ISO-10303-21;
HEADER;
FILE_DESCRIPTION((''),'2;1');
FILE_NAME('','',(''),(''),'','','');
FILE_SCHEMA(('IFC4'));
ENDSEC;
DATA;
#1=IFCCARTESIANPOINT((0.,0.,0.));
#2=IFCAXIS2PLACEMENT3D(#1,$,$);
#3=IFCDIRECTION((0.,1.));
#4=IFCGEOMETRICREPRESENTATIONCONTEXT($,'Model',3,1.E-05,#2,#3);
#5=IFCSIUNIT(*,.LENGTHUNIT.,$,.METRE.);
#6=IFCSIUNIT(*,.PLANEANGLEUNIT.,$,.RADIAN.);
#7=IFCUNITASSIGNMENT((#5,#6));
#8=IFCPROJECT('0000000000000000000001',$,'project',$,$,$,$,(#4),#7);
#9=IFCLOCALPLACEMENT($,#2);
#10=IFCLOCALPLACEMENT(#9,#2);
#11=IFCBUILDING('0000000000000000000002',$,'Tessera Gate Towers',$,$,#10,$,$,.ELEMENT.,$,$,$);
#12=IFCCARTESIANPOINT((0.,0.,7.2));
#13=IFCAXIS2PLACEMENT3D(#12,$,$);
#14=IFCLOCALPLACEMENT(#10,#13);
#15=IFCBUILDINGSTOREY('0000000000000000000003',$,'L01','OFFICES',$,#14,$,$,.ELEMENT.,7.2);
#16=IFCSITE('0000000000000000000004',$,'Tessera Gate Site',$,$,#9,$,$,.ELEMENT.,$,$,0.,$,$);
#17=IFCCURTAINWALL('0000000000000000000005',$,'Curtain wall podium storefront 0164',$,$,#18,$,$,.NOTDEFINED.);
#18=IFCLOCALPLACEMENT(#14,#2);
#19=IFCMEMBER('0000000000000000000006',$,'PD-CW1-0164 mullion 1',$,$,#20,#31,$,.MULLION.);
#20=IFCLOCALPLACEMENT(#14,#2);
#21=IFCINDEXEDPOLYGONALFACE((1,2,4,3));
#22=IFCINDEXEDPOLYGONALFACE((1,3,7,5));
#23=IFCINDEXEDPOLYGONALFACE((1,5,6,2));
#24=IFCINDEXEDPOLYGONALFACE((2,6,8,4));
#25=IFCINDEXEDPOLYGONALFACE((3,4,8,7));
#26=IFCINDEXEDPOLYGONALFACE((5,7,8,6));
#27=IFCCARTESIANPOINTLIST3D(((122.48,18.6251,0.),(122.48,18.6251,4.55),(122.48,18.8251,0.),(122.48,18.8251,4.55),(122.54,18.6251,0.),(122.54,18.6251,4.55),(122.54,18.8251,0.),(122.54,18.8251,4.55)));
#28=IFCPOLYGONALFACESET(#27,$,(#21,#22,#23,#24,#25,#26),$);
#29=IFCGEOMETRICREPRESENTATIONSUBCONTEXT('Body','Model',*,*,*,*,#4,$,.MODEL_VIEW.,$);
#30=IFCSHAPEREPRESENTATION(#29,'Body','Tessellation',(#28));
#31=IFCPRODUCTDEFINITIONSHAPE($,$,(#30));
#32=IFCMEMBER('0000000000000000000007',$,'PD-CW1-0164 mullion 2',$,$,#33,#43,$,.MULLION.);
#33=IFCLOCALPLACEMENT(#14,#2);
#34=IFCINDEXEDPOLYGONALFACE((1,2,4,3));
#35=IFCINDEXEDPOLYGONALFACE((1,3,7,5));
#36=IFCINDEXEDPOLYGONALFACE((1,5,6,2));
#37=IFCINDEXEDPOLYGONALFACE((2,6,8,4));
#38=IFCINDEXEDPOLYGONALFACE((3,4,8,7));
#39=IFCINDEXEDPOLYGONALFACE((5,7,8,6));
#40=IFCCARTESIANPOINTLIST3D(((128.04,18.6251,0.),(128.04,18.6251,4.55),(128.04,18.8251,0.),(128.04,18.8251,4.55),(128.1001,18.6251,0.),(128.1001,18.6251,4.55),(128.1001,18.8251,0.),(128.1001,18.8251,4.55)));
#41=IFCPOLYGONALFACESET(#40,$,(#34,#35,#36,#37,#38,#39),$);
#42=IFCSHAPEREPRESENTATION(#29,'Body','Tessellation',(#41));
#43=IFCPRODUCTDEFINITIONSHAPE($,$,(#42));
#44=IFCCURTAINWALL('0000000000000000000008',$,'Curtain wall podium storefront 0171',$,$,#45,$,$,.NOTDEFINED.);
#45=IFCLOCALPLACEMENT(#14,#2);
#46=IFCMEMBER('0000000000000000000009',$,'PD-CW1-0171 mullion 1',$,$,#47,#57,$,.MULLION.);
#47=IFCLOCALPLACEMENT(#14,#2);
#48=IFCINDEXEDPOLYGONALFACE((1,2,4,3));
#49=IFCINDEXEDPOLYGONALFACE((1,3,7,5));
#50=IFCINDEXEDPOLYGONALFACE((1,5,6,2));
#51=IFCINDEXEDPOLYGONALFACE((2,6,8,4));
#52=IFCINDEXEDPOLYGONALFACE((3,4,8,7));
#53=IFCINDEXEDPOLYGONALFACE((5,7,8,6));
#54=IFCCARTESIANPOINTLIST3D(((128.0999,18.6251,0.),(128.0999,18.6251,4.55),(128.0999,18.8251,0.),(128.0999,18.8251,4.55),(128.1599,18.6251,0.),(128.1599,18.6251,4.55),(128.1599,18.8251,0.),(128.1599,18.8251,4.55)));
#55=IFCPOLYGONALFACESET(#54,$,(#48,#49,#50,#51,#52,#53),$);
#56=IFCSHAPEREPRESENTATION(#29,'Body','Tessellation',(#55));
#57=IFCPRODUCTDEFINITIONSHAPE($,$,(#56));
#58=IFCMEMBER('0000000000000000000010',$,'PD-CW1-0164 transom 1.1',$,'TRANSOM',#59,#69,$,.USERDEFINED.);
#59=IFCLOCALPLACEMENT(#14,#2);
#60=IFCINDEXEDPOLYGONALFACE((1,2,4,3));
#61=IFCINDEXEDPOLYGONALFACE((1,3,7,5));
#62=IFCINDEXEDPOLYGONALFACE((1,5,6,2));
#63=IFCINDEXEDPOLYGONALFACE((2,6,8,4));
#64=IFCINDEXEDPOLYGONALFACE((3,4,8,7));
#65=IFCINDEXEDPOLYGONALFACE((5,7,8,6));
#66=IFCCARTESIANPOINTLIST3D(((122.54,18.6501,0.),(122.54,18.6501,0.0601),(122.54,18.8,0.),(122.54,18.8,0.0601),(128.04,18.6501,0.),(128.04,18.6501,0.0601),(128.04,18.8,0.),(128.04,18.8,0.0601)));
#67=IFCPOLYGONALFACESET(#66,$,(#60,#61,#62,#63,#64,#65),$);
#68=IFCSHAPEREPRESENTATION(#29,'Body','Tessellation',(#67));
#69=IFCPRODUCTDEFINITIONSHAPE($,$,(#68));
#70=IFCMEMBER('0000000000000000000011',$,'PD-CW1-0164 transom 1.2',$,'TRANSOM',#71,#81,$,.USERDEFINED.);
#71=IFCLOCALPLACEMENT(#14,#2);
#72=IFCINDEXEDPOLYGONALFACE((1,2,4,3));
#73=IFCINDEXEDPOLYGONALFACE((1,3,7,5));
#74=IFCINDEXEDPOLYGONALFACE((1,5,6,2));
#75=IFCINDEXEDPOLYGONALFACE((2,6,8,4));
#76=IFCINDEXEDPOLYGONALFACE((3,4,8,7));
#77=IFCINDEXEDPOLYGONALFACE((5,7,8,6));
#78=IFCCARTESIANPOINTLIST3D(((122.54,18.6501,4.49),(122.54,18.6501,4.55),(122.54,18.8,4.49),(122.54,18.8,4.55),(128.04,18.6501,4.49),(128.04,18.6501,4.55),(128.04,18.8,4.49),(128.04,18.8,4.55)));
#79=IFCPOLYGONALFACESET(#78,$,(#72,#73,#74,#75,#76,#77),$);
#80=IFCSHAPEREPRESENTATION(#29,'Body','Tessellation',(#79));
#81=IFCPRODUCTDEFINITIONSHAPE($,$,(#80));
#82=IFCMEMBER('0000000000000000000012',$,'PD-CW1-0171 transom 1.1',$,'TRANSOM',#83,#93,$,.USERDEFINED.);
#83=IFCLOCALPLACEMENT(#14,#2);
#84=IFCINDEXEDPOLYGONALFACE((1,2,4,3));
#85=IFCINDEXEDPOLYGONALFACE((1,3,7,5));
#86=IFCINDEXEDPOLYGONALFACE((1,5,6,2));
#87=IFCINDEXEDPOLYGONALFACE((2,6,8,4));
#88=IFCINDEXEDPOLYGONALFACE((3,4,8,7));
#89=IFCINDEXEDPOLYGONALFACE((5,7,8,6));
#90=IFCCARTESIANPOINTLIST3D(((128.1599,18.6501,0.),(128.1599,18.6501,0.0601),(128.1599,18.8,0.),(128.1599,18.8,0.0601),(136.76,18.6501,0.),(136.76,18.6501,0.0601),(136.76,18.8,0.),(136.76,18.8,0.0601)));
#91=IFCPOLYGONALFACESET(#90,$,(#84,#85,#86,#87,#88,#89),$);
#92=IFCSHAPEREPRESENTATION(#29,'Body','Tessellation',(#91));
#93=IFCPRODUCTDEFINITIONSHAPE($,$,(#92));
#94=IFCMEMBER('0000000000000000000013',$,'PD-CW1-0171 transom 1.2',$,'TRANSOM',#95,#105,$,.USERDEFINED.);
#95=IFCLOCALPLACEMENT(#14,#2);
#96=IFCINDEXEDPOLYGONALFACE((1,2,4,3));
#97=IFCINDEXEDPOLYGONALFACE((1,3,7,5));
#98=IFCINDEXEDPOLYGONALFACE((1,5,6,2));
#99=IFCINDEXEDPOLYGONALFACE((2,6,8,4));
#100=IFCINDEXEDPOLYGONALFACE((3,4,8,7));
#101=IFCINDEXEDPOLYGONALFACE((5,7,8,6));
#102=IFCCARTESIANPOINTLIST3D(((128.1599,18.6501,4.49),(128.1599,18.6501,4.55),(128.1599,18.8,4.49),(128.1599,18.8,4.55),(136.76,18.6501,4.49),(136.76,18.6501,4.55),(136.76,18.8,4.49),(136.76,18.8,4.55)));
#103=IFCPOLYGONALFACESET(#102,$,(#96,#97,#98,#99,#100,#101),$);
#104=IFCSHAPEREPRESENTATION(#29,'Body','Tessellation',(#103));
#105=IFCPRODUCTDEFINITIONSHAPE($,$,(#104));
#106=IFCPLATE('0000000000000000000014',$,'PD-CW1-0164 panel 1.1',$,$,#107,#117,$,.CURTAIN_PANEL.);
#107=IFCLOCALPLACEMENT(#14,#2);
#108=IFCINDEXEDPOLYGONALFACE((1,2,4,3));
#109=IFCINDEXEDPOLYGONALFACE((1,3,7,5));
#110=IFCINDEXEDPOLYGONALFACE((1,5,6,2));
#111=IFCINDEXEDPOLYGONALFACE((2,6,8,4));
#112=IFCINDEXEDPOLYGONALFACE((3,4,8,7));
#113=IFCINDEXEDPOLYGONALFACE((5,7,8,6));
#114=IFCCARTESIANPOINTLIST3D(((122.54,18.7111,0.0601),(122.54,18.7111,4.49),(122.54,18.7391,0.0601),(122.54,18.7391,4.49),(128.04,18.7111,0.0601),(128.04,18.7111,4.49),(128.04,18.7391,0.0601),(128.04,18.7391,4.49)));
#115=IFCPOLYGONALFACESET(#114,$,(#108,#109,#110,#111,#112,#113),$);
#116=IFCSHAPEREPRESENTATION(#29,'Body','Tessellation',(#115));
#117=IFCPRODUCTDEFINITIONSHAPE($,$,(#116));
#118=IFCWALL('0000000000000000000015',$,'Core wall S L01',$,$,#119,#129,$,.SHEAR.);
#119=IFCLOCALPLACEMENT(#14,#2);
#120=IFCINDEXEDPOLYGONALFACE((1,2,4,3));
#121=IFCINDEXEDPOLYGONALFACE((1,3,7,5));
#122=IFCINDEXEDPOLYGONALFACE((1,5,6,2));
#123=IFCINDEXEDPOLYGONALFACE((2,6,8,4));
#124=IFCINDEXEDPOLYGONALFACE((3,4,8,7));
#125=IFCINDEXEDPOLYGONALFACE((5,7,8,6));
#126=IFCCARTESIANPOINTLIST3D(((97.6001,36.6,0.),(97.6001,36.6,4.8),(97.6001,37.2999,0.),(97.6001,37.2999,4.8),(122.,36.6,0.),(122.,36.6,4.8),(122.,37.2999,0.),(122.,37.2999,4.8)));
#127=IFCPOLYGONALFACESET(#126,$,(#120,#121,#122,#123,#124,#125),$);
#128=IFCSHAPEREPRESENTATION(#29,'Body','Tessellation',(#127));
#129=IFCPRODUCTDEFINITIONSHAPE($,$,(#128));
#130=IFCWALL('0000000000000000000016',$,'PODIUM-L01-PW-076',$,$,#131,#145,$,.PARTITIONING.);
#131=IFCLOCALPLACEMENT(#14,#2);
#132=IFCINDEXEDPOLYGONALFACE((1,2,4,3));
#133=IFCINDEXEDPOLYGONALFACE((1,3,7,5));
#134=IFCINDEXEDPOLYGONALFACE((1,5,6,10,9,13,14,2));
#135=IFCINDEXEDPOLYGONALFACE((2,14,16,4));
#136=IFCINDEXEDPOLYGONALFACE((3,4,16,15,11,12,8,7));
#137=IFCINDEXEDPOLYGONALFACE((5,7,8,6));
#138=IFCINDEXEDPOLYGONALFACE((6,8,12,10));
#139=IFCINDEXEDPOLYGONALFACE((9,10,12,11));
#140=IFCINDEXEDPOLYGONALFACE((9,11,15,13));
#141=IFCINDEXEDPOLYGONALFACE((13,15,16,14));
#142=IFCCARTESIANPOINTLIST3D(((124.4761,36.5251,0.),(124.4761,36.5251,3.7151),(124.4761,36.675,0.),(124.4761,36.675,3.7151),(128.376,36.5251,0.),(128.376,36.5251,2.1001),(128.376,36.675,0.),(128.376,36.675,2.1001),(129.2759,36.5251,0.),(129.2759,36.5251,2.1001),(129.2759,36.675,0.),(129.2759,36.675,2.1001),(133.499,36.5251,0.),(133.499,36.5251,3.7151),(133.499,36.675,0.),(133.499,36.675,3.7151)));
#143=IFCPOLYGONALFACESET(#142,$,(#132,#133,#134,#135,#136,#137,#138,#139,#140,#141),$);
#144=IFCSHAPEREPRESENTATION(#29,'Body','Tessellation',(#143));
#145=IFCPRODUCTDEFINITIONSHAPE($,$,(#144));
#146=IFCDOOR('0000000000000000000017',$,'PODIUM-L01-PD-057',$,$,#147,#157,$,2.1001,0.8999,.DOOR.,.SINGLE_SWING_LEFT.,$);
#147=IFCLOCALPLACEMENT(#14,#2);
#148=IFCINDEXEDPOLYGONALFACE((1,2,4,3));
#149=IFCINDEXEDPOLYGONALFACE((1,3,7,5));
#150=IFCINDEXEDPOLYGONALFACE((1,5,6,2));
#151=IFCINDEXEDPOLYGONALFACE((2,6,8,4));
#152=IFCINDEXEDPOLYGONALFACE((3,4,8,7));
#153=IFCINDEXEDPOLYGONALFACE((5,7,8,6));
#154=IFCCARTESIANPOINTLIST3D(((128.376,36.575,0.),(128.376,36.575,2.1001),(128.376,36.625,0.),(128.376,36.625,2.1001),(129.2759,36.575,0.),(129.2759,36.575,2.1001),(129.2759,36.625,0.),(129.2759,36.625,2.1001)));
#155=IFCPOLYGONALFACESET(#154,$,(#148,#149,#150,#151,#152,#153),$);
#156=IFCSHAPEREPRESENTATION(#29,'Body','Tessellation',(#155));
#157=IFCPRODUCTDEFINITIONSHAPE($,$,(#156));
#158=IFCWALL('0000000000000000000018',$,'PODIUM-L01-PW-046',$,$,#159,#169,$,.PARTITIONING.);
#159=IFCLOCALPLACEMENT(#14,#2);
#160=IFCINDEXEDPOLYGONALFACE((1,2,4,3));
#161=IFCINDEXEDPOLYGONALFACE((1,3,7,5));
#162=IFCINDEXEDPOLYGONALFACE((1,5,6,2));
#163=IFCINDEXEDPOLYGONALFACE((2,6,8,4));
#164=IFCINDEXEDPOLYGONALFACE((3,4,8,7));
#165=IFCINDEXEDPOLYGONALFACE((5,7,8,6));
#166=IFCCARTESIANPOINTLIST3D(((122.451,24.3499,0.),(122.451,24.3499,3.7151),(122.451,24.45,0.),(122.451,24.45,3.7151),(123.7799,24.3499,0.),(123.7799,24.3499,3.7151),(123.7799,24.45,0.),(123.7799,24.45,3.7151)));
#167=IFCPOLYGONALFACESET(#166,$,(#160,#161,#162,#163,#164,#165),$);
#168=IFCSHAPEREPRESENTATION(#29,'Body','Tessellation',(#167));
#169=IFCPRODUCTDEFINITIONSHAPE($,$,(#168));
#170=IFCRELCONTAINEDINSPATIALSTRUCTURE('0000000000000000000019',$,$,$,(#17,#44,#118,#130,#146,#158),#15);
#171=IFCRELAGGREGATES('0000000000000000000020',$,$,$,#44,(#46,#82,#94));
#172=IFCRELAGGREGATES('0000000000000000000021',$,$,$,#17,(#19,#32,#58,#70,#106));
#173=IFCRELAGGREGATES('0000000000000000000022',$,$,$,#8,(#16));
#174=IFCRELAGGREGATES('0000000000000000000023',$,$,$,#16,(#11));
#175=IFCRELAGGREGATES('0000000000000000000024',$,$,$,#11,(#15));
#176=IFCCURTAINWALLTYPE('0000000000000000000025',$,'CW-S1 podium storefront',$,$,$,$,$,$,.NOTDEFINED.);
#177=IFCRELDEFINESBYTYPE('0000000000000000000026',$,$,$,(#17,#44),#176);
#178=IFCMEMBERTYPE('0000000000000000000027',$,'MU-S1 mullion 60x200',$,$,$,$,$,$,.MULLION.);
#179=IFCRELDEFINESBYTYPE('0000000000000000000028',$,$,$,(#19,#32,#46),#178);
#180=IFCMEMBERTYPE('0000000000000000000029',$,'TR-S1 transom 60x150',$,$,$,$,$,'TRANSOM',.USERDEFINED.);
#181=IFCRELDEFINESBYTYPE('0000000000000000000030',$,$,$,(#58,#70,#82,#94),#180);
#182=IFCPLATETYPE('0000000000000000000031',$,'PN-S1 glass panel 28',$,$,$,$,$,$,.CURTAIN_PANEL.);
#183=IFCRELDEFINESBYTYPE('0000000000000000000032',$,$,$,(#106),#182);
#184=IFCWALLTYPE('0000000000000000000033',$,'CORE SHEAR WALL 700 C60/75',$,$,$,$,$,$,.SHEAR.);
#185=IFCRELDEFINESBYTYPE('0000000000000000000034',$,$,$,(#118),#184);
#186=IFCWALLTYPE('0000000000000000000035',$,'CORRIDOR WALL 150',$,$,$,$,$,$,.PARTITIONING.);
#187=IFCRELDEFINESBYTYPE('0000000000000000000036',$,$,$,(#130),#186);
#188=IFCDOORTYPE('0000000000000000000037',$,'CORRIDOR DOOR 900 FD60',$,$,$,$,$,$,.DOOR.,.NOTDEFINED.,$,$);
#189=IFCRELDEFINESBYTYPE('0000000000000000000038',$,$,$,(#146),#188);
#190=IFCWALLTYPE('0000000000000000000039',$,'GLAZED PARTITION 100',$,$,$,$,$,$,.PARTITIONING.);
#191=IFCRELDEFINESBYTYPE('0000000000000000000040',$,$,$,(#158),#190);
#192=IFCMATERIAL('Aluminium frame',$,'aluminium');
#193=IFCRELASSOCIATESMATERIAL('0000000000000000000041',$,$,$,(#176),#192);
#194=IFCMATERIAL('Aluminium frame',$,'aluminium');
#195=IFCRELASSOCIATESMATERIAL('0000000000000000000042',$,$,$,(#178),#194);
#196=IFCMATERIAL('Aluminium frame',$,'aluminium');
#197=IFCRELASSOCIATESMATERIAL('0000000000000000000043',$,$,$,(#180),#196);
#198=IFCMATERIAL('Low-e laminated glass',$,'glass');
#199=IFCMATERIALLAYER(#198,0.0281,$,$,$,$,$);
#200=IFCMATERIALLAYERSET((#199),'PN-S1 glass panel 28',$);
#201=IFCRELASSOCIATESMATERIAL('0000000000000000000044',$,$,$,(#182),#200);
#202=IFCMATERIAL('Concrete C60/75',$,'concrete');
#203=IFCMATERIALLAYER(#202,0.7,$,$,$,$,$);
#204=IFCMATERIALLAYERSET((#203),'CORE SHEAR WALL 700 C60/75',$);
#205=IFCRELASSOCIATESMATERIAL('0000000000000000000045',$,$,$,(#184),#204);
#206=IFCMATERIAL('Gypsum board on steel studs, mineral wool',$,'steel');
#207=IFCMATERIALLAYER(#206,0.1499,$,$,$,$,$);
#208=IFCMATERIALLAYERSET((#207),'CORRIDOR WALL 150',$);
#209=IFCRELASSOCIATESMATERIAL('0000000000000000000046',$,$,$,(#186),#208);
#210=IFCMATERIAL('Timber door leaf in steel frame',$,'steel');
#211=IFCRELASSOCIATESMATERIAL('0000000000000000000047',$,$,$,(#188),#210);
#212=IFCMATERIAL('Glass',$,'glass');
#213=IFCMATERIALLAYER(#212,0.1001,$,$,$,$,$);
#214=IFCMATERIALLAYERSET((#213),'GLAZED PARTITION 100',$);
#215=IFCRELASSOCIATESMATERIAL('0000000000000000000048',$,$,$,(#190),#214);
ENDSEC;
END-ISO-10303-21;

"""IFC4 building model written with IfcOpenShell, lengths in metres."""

from ifc_helpers import new_model, si_unit, direction, frame, frame_2d, origin, origin_2d, place, context, subcontext, project, spatial, rectangle, extrude, source, transform, mapped, material, layer, layer_set, material_profile, profile_set, type_object, element, fill, aggregate, save


model = new_model("IFC4")

# Units and contexts
model_context = context("Model", 3, precision=1e-05, world=origin(), true_north=direction((0.0, 1.0)))
body_context = subcontext(model_context, "Body", "Model", "MODEL_VIEW")
ifc_project = project(units=[si_unit("LENGTHUNIT", "METRE"), si_unit("PLANEANGLEUNIT", "RADIAN")], contexts=[model_context])

# Site, building, storey
site_placement = place(None, origin())
site = spatial("IfcSite", under=ifc_project, at=site_placement, Name="Tessera Gate Site", CompositionType="ELEMENT", RefElevation=0.0)
building_placement = place(site_placement, origin())
building = spatial("IfcBuilding", under=site, at=building_placement, Name="Tessera Gate Towers", CompositionType="ELEMENT")
storey_placement = place(building_placement, frame((0.0, 0.0, 7.2)))
storey = spatial("IfcBuildingStorey", under=building, at=storey_placement, Name="L01", Description="OFFICES", CompositionType="ELEMENT", Elevation=7.2)

# Curtain wall, members
ifc_material_1 = material(Name="Aluminium frame", Category="aluminium")
curtain_wall_type = type_object("IfcCurtainWallType", Name="CW-S1 podium storefront", PredefinedType="NOTDEFINED", material=ifc_material_1)
curtain_wall_1_placement = place(storey_placement, origin())
curtain_wall_1 = element("IfcCurtainWall", 1, at=curtain_wall_1_placement, inside=storey, type_object=curtain_wall_type, Name="Curtain wall podium storefront 0164", PredefinedType="NOTDEFINED")
ifc_material_2 = material(Name="Aluminium frame", Category="aluminium")
ifc_material_profile_1 = material_profile(ifc_material_2, rectangle(XDim=0.0601, YDim=0.2, at=origin_2d()), Name="AL 60x200")
ifc_profile_set_1 = profile_set([ifc_material_profile_1], Name="Aluminium frame")
member_type_1 = type_object("IfcMemberType", Name="MU-S1 mullion 60x200", PredefinedType="MULLION", material=ifc_profile_set_1)
member_1_placement = place(storey_placement, frame((122.51, 18.7251, 0.0), z_axis=(0.0, 0.0, 1.0), x_axis=(1.0, 0.0, 0.0)))
member_1 = element("IfcMember", 2, at=member_1_placement, type_object=member_type_1, Name="PD-CW1-0164 mullion 1", PredefinedType="MULLION", context=body_context, shape_type="SweptSolid", body=[
    extrude(rectangle(XDim=0.0601, YDim=0.2, at=origin_2d()), origin(), (0.0, 0.0, 1.0), 4.55),
])
member_2_placement = place(storey_placement, frame((128.0701, 18.7251, 0.0), z_axis=(0.0, 0.0, 1.0), x_axis=(1.0, 0.0, 0.0)))
member_2 = element("IfcMember", 3, at=member_2_placement, type_object=member_type_1, Name="PD-CW1-0164 mullion 2", PredefinedType="MULLION", context=body_context, shape_type="SweptSolid", body=[
    extrude(rectangle(XDim=0.0601, YDim=0.2, at=origin_2d()), origin(), (0.0, 0.0, 1.0), 4.55),
])

# Curtain wall, member
curtain_wall_2_placement = place(storey_placement, origin())
curtain_wall_2 = element("IfcCurtainWall", 4, at=curtain_wall_2_placement, inside=storey, type_object=curtain_wall_type, Name="Curtain wall podium storefront 0171", PredefinedType="NOTDEFINED")
member_3_placement = place(storey_placement, frame((128.1299, 18.7251, 0.0), z_axis=(0.0, 0.0, 1.0), x_axis=(1.0, 0.0, 0.0)))
member_3 = element("IfcMember", 5, at=member_3_placement, type_object=member_type_1, Name="PD-CW1-0171 mullion 1", PredefinedType="MULLION", context=body_context, shape_type="SweptSolid", body=[
    extrude(rectangle(XDim=0.0601, YDim=0.2, at=origin_2d()), origin(), (0.0, 0.0, 1.0), 4.55),
])

# Members
ifc_material_3 = material(Name="Aluminium frame", Category="aluminium")
ifc_material_profile_2 = material_profile(ifc_material_3, rectangle(XDim=0.1499, YDim=0.0601, at=origin_2d()), Name="AL 60x150")
ifc_profile_set_2 = profile_set([ifc_material_profile_2], Name="Aluminium frame")
member_type_2 = type_object("IfcMemberType", Name="TR-S1 transom 60x150", ElementType="TRANSOM", PredefinedType="USERDEFINED", material=ifc_profile_set_2)
member_4_placement = place(storey_placement, frame((122.54, 18.7251, 0.03), z_axis=(1.0, 0.0, 0.0), x_axis=(0.0, 1.0, 0.0)))
member_4 = element("IfcMember", 6, at=member_4_placement, type_object=member_type_2, Name="PD-CW1-0164 transom 1.1", ObjectType="TRANSOM", PredefinedType="USERDEFINED", context=body_context, shape_type="SweptSolid", body=[
    extrude(rectangle(XDim=0.1499, YDim=0.0601, at=origin_2d()), origin(), (0.0, 0.0, 1.0), 5.5),
])
member_5_placement = place(storey_placement, frame((122.54, 18.7251, 4.52), z_axis=(1.0, 0.0, 0.0), x_axis=(0.0, 1.0, 0.0)))
member_5 = element("IfcMember", 7, at=member_5_placement, type_object=member_type_2, Name="PD-CW1-0164 transom 1.2", ObjectType="TRANSOM", PredefinedType="USERDEFINED", context=body_context, shape_type="SweptSolid", body=[
    extrude(rectangle(XDim=0.1499, YDim=0.0601, at=origin_2d()), origin(), (0.0, 0.0, 1.0), 5.5),
])
member_6_placement = place(storey_placement, frame((128.1599, 18.7251, 0.03), z_axis=(1.0, 0.0, 0.0), x_axis=(0.0, 1.0, 0.0)))
member_6 = element("IfcMember", 8, at=member_6_placement, type_object=member_type_2, Name="PD-CW1-0171 transom 1.1", ObjectType="TRANSOM", PredefinedType="USERDEFINED", context=body_context, shape_type="SweptSolid", body=[
    extrude(rectangle(XDim=0.1499, YDim=0.0601, at=origin_2d()), origin(), (0.0, 0.0, 1.0), 8.6001),
])
member_7_placement = place(storey_placement, frame((128.1599, 18.7251, 4.52), z_axis=(1.0, 0.0, 0.0), x_axis=(0.0, 1.0, 0.0)))
member_7 = element("IfcMember", 9, at=member_7_placement, type_object=member_type_2, Name="PD-CW1-0171 transom 1.2", ObjectType="TRANSOM", PredefinedType="USERDEFINED", context=body_context, shape_type="SweptSolid", body=[
    extrude(rectangle(XDim=0.1499, YDim=0.0601, at=origin_2d()), origin(), (0.0, 0.0, 1.0), 8.6001),
])
aggregate(curtain_wall_2, [member_3, member_6, member_7])

# Plate
ifc_material_4 = material(Name="Low-e laminated glass", Category="glass")
ifc_layer_1 = layer(ifc_material_4, 0.0281)
ifc_layer_set_1 = layer_set([ifc_layer_1], Name="PN-S1 glass panel 28")
plate_type = type_object("IfcPlateType", Name="PN-S1 glass panel 28", PredefinedType="CURTAIN_PANEL", material=ifc_layer_set_1)
plate_placement = place(storey_placement, frame((125.29, 18.7251, 0.0601), z_axis=(0.0, 0.0, 1.0), x_axis=(1.0, 0.0, 0.0)))
plate = element("IfcPlate", 10, at=plate_placement, type_object=plate_type, Name="PD-CW1-0164 panel 1.1", PredefinedType="CURTAIN_PANEL", context=body_context, shape_type="SweptSolid", body=[
    extrude(rectangle(XDim=5.5, YDim=0.0281, at=origin_2d()), origin(), (0.0, 0.0, 1.0), 4.4299),
])
aggregate(curtain_wall_1, [member_1, member_2, member_4, member_5, plate])

# Wall
ifc_material_5 = material(Name="Concrete C60/75", Category="concrete")
ifc_layer_2 = layer(ifc_material_5, 0.7)
ifc_layer_set_2 = layer_set([ifc_layer_2], Name="CORE SHEAR WALL 700 C60/75")
wall_type_1 = type_object("IfcWallType", Name="CORE SHEAR WALL 700 C60/75", PredefinedType="SHEAR", material=ifc_layer_set_2)
wall_1_placement = place(storey_placement, frame((122.0, 36.95, 0.0), z_axis=(0.0, 0.0, 1.0), x_axis=(-1.0, 0.0, 0.0)))
element("IfcWall", 11, at=wall_1_placement, inside=storey, type_object=wall_type_1, Name="Core wall S L01", PredefinedType="SHEAR", context=body_context, shape_type="SweptSolid", body=[
    extrude(rectangle(XDim=24.3999, YDim=0.7, at=frame_2d((12.2, 0.0))), origin(), (0.0, 0.0, 1.0), 4.8),
])

# Wall, opening, door
ifc_material_6 = material(Name="Gypsum board on steel studs, mineral wool", Category="steel")
ifc_layer_3 = layer(ifc_material_6, 0.1499)
ifc_layer_set_3 = layer_set([ifc_layer_3], Name="CORRIDOR WALL 150")
wall_type_2 = type_object("IfcWallType", Name="CORRIDOR WALL 150", PredefinedType="PARTITIONING", material=ifc_layer_set_3)
wall_2_placement = place(storey_placement, frame((124.4761, 36.6001, 0.0), z_axis=(0.0, 0.0, 1.0), x_axis=(1.0, 0.0, 0.0)))
wall_2 = element("IfcWall", 12, at=wall_2_placement, inside=storey, type_object=wall_type_2, Name="PODIUM-L01-PW-076", PredefinedType="PARTITIONING", context=body_context, shape_type="SweptSolid", body=[
    extrude(rectangle(XDim=9.0229, YDim=0.1499, at=frame_2d((4.5115, 0.0))), origin(), (0.0, 0.0, 1.0), 3.7151),
])
shared_shape_1 = source(origin(), body_context, "Body", "SweptSolid", [
    extrude(rectangle(XDim=0.8999, YDim=2.1001, at=frame_2d((0.45, 1.05))), frame((0.0, 0.085, 0.0), z_axis=(0.0, -1.0, 0.0), x_axis=(1.0, 0.0, 0.0)), (0.0, 0.0, 1.0), 0.1699),
])
opening_1_placement = place(wall_2_placement, frame((3.8999, 0.0, 0.0)))
opening_1 = element("IfcOpeningElement", 13, at=opening_1_placement, cuts=wall_2, PredefinedType="OPENING", context=body_context, shape_type="MappedRepresentation", body=[
    mapped(shared_shape_1, transform((0.0, 0.0, 0.0), scale=1.0)),
])
ifc_material_7 = material(Name="Timber door leaf in steel frame", Category="steel")
door_type_1 = type_object("IfcDoorType", Name="CORRIDOR DOOR 900 FD60", OperationType="NOTDEFINED", PredefinedType="DOOR", material=ifc_material_7)
shared_shape_2 = source(origin(), body_context, "Body", "SweptSolid", [
    extrude(rectangle(XDim=0.8999, YDim=2.1001, at=frame_2d((0.45, 1.05))), frame((0.0, 0.0249, 0.0), z_axis=(0.0, -1.0, 0.0), x_axis=(1.0, 0.0, 0.0)), (0.0, 0.0, 1.0), 0.05),
])
door_1_placement = place(opening_1_placement, origin())
door_1 = element("IfcDoor", 14, at=door_1_placement, inside=storey, type_object=door_type_1, Name="PODIUM-L01-PD-057", OperationType="SINGLE_SWING_LEFT", OverallHeight=2.1001, OverallWidth=0.8999, PredefinedType="DOOR", context=body_context, shape_type="MappedRepresentation", body=[
    mapped(shared_shape_2, transform((0.0, 0.0, 0.0), scale=1.0)),
])
fill(opening_1, door_1)

# Wall
ifc_material_8 = material(Name="Glass", Category="glass")
ifc_layer_4 = layer(ifc_material_8, 0.1001)
ifc_layer_set_4 = layer_set([ifc_layer_4], Name="GLAZED PARTITION 100")
wall_type_3 = type_object("IfcWallType", Name="GLAZED PARTITION 100", PredefinedType="PARTITIONING", material=ifc_layer_set_4)
wall_3_placement = place(storey_placement, frame((122.4509, 24.3999, 0.0), z_axis=(0.0, 0.0, 1.0), x_axis=(1.0, 0.0, 0.0)))
element("IfcWall", 15, at=wall_3_placement, inside=storey, type_object=wall_type_3, Name="PODIUM-L01-PW-046", PredefinedType="PARTITIONING", context=body_context, shape_type="SweptSolid", body=[
    extrude(rectangle(XDim=1.3289, YDim=0.1001, at=frame_2d((0.6646, 0.0))), origin(), (0.0, 0.0, 1.0), 3.7151),
])

save(model, "model.ifc")
